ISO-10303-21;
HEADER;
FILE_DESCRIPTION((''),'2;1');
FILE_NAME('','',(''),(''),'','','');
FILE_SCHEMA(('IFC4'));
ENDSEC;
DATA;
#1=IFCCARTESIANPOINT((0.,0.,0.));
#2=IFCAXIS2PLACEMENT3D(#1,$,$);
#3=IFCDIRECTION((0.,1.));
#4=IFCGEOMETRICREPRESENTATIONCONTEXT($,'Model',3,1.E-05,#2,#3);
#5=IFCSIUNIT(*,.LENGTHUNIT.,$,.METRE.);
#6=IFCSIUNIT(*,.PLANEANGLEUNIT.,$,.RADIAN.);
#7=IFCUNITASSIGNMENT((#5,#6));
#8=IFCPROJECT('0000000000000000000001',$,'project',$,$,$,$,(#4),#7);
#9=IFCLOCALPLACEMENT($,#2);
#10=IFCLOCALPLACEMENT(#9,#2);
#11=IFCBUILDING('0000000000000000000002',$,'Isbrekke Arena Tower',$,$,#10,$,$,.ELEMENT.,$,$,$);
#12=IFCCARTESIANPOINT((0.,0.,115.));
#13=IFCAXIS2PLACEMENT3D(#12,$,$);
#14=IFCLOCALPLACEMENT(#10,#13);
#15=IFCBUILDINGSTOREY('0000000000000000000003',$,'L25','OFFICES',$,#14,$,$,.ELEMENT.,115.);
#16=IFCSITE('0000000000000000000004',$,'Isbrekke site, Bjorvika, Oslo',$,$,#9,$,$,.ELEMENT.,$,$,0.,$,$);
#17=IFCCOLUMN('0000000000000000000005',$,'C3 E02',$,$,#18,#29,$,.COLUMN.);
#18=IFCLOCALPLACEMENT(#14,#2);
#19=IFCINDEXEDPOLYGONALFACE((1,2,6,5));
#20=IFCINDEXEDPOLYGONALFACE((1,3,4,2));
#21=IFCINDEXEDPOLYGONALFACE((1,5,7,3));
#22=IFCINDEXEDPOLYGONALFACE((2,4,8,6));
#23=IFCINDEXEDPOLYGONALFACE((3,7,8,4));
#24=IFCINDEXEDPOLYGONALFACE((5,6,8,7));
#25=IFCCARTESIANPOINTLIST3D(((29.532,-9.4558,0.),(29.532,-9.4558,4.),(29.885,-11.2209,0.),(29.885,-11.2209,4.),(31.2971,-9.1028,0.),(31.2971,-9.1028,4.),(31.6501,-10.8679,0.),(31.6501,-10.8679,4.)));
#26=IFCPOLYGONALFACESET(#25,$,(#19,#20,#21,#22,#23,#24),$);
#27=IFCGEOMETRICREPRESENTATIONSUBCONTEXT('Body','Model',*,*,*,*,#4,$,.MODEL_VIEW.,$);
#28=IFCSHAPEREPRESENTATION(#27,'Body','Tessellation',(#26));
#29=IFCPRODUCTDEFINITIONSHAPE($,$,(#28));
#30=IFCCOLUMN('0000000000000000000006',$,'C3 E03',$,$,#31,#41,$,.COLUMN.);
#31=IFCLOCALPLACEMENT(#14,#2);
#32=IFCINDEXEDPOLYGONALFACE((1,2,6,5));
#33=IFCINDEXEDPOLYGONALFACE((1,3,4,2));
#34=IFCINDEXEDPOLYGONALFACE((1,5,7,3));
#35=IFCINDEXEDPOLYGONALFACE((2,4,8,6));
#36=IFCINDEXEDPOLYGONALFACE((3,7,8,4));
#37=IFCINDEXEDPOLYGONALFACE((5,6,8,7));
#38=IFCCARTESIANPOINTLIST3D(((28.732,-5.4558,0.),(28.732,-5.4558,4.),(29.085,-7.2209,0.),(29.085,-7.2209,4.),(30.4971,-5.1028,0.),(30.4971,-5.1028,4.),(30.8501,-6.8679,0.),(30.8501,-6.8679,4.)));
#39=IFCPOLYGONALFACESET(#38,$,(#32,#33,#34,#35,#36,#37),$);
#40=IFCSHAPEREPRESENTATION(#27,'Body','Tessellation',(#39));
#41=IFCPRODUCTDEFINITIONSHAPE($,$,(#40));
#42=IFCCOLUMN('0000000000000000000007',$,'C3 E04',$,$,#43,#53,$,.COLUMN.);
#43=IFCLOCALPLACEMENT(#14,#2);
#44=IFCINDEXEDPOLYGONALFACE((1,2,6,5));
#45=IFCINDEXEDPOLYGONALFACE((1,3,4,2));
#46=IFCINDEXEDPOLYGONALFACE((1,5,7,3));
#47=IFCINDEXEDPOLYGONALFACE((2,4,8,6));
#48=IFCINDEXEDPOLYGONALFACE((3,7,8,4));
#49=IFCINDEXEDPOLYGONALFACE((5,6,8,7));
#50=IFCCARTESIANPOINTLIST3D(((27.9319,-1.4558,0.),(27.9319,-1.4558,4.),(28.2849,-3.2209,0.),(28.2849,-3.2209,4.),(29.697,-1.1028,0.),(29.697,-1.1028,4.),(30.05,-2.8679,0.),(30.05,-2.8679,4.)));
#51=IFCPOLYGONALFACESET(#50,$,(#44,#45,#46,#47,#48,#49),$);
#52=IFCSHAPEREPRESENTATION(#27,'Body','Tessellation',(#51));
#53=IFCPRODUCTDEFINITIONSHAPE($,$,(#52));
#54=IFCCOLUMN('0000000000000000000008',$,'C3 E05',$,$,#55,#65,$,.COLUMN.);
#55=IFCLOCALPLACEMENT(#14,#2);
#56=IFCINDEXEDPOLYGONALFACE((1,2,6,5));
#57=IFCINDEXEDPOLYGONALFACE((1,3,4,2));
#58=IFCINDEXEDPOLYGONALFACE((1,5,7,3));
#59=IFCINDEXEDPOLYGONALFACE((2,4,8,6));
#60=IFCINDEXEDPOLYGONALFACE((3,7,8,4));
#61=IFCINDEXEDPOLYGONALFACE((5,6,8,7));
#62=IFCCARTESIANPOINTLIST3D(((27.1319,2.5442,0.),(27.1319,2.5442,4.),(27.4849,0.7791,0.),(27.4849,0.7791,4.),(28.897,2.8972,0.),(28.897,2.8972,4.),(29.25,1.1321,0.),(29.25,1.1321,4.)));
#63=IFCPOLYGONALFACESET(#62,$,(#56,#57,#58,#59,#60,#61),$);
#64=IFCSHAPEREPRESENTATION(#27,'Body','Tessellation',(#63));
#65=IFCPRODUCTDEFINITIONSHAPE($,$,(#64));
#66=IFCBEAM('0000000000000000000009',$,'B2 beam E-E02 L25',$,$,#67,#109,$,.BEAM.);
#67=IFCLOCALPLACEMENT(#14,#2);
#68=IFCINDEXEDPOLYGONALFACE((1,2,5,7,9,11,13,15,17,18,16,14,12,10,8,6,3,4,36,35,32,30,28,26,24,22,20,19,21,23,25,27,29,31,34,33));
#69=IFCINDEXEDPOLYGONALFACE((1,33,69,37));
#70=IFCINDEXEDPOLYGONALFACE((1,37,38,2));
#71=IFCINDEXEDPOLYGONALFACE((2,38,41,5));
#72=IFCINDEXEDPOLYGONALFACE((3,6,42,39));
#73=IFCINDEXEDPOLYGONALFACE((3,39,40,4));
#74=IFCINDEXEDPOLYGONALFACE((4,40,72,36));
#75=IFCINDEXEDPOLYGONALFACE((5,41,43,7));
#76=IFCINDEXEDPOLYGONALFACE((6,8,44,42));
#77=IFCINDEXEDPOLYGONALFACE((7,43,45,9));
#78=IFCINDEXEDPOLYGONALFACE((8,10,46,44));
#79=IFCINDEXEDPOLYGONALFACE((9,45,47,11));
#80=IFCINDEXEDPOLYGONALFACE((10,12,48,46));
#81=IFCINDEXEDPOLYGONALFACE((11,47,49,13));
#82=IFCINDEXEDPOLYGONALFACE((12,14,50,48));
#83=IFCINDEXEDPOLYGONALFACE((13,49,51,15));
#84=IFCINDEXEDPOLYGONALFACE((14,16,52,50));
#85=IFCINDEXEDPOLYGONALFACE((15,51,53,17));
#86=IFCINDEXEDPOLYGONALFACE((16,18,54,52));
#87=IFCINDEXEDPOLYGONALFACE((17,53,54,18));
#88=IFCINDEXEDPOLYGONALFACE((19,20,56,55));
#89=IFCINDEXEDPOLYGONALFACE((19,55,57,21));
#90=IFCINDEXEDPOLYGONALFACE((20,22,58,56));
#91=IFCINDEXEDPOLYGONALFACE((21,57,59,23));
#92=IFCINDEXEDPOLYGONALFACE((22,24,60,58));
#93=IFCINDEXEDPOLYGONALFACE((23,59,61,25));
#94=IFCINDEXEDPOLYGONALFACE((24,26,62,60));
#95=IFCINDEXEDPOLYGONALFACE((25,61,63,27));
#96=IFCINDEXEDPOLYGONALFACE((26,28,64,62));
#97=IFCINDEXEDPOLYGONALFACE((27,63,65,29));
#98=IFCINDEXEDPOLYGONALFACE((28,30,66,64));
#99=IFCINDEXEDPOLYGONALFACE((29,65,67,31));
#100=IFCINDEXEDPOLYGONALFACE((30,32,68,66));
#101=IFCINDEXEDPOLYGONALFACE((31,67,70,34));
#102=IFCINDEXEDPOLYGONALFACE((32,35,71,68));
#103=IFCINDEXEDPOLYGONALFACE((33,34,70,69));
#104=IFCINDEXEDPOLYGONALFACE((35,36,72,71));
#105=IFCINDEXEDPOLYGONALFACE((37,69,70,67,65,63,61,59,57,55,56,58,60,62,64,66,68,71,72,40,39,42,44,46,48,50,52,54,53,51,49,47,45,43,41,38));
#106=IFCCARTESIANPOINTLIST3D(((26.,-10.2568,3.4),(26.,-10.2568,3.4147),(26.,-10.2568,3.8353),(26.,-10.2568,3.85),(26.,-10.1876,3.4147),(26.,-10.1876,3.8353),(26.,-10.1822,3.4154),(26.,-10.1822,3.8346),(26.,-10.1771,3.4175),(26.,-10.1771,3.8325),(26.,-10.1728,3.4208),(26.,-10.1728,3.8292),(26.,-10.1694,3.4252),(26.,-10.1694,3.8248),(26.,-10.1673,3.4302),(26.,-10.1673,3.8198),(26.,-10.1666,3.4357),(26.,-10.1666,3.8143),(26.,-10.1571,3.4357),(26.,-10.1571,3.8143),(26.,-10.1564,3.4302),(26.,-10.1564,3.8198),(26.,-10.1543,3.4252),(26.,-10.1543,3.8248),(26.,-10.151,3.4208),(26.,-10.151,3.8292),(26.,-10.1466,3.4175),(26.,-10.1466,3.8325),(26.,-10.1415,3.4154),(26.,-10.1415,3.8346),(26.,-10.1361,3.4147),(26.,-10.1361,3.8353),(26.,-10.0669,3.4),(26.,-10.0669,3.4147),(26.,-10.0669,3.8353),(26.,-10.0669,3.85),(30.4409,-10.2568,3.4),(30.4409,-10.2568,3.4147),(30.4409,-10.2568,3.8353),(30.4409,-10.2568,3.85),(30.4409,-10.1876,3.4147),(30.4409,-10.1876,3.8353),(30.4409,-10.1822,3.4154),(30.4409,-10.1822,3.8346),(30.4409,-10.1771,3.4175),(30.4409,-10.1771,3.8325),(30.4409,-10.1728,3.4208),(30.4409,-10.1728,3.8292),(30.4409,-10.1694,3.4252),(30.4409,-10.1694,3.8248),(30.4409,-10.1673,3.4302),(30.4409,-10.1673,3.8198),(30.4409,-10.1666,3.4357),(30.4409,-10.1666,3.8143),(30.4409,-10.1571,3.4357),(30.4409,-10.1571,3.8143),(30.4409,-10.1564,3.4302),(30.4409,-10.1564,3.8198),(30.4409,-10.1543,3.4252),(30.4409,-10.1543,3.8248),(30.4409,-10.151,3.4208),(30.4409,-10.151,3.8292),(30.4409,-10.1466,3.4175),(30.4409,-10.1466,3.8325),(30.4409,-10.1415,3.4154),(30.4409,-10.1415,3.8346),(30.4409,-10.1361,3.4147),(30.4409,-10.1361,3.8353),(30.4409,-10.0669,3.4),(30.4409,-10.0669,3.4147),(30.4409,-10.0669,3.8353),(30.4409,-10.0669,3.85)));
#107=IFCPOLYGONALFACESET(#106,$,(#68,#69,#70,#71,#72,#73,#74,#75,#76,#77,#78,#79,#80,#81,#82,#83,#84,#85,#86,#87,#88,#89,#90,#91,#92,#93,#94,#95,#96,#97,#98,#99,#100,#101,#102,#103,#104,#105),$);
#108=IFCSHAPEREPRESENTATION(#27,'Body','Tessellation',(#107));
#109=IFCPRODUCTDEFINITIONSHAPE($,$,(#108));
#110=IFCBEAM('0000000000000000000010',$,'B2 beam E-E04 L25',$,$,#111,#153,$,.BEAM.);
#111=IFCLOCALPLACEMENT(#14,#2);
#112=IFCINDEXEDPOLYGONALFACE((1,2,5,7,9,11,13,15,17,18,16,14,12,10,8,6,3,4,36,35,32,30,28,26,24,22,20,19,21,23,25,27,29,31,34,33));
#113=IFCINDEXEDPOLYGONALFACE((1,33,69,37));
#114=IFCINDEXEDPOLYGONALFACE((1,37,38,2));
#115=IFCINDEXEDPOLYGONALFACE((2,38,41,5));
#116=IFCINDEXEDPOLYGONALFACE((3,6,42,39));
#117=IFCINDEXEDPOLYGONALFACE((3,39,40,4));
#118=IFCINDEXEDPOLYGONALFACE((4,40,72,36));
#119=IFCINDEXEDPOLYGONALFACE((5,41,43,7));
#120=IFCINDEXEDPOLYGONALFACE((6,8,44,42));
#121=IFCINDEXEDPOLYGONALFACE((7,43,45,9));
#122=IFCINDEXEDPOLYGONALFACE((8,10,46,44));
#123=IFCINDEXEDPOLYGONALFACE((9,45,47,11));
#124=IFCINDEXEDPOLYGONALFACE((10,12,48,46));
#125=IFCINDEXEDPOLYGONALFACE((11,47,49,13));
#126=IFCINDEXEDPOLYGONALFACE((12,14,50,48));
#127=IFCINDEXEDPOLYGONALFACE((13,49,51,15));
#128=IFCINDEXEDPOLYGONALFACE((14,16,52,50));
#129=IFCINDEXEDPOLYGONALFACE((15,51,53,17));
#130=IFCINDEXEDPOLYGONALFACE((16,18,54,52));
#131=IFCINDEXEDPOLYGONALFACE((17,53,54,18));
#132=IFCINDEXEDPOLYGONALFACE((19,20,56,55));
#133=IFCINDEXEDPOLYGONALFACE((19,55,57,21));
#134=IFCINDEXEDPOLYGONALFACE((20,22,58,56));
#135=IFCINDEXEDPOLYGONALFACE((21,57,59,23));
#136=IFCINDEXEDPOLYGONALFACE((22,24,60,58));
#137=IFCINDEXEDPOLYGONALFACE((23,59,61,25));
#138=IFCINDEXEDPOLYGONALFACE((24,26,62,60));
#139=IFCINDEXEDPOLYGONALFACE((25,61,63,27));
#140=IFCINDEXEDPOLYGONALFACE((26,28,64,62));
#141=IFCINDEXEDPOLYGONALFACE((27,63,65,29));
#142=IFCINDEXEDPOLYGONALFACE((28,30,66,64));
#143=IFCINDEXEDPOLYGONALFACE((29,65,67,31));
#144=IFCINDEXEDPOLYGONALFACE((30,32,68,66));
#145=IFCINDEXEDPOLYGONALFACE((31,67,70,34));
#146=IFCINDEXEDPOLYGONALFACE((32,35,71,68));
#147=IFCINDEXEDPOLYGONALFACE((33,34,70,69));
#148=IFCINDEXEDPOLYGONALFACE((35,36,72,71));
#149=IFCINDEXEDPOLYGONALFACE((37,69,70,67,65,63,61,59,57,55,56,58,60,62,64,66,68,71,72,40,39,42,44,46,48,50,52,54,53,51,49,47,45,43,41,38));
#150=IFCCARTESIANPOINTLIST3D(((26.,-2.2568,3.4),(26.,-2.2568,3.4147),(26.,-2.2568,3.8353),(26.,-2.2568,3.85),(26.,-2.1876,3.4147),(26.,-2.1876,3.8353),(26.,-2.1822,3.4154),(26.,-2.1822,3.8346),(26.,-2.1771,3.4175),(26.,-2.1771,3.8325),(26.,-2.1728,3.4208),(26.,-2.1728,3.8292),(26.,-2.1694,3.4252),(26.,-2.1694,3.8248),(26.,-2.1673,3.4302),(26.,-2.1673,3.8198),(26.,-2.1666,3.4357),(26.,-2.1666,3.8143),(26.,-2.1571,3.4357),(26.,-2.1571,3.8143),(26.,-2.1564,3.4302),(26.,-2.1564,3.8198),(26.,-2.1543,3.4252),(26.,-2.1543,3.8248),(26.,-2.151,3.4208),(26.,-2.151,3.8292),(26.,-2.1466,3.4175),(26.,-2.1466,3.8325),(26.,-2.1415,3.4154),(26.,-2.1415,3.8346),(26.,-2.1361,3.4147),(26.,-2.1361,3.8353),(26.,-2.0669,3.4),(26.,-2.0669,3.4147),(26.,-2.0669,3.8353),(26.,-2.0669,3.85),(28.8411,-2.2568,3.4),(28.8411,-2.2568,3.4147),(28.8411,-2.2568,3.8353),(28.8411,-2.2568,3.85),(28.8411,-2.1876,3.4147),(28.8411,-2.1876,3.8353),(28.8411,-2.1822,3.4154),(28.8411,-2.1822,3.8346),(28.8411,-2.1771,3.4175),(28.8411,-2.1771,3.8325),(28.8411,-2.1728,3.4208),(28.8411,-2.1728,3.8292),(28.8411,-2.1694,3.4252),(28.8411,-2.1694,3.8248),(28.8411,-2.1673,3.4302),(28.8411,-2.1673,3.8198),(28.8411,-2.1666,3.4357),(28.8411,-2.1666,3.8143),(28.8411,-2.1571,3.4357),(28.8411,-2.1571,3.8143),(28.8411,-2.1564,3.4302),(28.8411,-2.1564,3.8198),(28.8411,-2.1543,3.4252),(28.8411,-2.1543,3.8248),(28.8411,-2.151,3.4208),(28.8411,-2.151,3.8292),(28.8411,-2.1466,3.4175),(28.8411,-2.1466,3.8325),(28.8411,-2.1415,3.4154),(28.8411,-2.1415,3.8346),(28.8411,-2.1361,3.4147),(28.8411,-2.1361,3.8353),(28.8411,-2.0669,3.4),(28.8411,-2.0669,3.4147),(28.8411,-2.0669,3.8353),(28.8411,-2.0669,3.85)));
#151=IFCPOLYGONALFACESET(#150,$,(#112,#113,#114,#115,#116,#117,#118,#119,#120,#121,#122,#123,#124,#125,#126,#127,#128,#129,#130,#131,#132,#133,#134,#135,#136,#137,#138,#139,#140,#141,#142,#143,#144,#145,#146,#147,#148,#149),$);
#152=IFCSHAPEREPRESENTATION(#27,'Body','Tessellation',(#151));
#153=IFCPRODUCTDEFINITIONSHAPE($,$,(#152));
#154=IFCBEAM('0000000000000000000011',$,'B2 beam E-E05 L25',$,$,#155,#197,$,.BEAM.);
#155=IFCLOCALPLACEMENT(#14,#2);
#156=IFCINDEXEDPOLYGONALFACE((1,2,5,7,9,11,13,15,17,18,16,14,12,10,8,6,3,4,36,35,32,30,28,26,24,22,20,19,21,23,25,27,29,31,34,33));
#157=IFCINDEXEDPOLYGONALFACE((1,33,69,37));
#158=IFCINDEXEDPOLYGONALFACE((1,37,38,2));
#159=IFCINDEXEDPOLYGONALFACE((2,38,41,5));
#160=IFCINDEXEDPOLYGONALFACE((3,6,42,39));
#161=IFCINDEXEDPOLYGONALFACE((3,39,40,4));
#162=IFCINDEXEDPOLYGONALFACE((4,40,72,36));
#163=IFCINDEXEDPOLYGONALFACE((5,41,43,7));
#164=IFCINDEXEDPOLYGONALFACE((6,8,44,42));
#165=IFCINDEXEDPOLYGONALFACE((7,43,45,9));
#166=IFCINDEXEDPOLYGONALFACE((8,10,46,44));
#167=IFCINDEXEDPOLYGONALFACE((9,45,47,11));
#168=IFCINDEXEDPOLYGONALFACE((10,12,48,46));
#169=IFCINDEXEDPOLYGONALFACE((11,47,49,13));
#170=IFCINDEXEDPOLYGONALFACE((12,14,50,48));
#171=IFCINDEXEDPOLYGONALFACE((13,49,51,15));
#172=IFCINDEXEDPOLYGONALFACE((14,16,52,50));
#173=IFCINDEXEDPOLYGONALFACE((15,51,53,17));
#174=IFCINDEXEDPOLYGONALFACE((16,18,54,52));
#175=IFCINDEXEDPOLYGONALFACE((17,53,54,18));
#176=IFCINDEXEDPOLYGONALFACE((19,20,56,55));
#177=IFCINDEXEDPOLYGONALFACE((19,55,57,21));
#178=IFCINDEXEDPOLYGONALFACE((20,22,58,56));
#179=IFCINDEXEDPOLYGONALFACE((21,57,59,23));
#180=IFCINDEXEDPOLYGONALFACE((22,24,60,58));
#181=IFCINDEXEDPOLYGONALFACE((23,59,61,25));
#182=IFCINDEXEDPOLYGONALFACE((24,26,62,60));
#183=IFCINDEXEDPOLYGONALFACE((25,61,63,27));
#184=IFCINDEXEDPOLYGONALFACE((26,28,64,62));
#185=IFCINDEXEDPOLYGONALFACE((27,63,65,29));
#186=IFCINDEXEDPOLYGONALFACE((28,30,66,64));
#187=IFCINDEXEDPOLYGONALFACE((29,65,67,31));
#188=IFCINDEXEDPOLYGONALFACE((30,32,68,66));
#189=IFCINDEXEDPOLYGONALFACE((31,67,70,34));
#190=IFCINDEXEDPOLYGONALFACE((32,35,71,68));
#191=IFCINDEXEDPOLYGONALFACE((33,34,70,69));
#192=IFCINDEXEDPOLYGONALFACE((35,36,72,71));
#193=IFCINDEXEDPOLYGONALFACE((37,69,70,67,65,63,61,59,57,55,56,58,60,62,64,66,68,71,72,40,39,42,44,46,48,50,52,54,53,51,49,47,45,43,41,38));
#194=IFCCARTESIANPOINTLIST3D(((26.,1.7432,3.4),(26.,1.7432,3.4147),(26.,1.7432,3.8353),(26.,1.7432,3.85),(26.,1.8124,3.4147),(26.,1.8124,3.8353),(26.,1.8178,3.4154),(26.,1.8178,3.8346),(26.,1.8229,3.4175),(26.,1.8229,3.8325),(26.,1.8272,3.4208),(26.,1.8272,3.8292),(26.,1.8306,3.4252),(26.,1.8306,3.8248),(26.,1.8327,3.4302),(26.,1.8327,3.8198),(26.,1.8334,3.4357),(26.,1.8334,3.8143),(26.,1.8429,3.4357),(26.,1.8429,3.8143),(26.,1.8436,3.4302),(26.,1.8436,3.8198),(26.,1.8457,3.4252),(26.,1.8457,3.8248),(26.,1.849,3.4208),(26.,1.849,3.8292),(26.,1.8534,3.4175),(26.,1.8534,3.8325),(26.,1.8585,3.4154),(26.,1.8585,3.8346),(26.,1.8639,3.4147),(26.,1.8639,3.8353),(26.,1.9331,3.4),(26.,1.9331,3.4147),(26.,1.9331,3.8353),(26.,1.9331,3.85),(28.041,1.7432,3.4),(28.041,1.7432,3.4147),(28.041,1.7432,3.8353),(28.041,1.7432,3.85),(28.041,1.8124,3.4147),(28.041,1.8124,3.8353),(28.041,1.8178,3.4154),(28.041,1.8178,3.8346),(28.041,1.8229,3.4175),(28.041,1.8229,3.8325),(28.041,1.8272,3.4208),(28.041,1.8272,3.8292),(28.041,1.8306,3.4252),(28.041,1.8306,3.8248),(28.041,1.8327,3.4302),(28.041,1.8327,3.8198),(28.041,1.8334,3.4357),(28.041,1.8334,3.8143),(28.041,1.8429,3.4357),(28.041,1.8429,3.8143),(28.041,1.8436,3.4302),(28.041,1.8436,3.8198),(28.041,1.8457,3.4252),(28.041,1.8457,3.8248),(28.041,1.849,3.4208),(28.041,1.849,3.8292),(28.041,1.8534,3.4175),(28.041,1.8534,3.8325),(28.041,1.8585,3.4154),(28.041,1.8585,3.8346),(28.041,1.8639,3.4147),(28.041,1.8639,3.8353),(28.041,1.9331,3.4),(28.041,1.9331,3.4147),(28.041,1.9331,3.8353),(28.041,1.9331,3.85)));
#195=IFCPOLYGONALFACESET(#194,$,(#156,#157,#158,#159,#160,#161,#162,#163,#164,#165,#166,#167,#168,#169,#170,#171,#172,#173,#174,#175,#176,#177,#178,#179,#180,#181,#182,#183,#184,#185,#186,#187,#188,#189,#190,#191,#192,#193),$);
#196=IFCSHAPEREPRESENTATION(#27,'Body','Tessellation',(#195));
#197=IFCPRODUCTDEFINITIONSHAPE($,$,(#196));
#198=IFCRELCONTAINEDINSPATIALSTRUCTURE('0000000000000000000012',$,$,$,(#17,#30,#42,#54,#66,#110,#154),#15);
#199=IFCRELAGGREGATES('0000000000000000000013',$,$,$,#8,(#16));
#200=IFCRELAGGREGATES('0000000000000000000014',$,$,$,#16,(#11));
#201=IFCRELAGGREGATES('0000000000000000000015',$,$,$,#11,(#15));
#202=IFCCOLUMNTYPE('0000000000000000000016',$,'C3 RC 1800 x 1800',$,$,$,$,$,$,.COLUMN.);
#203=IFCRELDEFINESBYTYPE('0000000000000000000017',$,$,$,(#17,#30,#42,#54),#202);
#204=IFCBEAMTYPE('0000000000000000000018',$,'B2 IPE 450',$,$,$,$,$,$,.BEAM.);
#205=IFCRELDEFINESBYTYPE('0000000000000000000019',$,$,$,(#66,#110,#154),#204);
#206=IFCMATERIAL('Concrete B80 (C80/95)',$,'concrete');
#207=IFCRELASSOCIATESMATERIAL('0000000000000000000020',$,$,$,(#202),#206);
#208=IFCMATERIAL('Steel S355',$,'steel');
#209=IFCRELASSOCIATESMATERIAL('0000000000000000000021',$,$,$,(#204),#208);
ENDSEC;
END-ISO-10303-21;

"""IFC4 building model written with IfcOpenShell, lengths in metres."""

from ifc_helpers import new_model, si_unit, direction, frame, origin, origin_2d, place, context, subcontext, project, spatial, rectangle, i_section, extrude, material, material_profile, profile_set, type_object, element, save


model = new_model("IFC4")

# Units and contexts
model_context = context("Model", 3, precision=1e-05, world=origin(), true_north=direction((0.0, 1.0)))
body_context = subcontext(model_context, "Body", "Model", "MODEL_VIEW")
ifc_project = project(units=[si_unit("LENGTHUNIT", "METRE"), si_unit("PLANEANGLEUNIT", "RADIAN")], contexts=[model_context])

# Site, building, storey
site_placement = place(None, origin())
site = spatial("IfcSite", under=ifc_project, at=site_placement, Name="Isbrekke site, Bjorvika, Oslo", CompositionType="ELEMENT", RefElevation=0.0)
building_placement = place(site_placement, origin())
building = spatial("IfcBuilding", under=site, at=building_placement, Name="Isbrekke Arena Tower", CompositionType="ELEMENT")
storey_placement = place(building_placement, frame((0.0, 0.0, 115.0)))
storey = spatial("IfcBuildingStorey", under=building, at=storey_placement, Name="L25", Description="OFFICES", CompositionType="ELEMENT", Elevation=115.0)

# Columns
ifc_material_1 = material(Name="Concrete B80 (C80/95)", Category="concrete")
ifc_material_profile_1 = material_profile(ifc_material_1, rectangle(XDim=1.8, YDim=1.8, at=origin_2d()), Name="RC 1800x1800")
ifc_profile_set_1 = profile_set([ifc_material_profile_1], Name="Concrete B80 (C80/95)")
column_type = type_object("IfcColumnType", Name="C3 RC 1800 x 1800", PredefinedType="COLUMN", material=ifc_profile_set_1)
for number, where, z_axis, x_axis, name in (
    (1, (30.5911, -10.1619, 0.0), (0.0, 0.0, 1.0), (-0.196116, 0.980581, 0.0), "C3 E02"),
    (2, (29.791, -6.1619, 0.0), (0.0, 0.0, 1.0), (-0.196116, 0.980581, 0.0), "C3 E03"),
    (3, (28.991, -2.1619, 0.0), (0.0, 0.0, 1.0), (-0.196116, 0.980581, 0.0), "C3 E04"),
    (4, (28.1909, 1.8381, 0.0), (0.0, 0.0, 1.0), (-0.196116, 0.980581, 0.0), "C3 E05"),
):
    element("IfcColumn", number, at=place(storey_placement, frame(where, z_axis=z_axis, x_axis=x_axis)), inside=storey, type_object=column_type, Name=name, PredefinedType="COLUMN", context=body_context, shape_type="SweptSolid", body=[
        extrude(rectangle(XDim=1.8, YDim=1.8, at=origin_2d()), origin(), (0.0, 0.0, 1.0), 4.0),
    ])

# Beams
ifc_material_2 = material(Name="Steel S355", Category="steel")
ifc_material_profile_2 = material_profile(ifc_material_2, i_section(OverallWidth=0.1899, OverallDepth=0.45, WebThickness=0.0095, FlangeThickness=0.0146, FilletRadius=0.021, at=origin_2d()), Name="IPE 450")
ifc_profile_set_2 = profile_set([ifc_material_profile_2], Name="Steel S355")
beam_type_1 = type_object("IfcBeamType", Name="B2 IPE 450", PredefinedType="BEAM", material=ifc_profile_set_2)
beam_1_placement = place(storey_placement, frame((30.4409, -10.1619, 3.625), z_axis=(-1.0, 0.0, 0.0), x_axis=(0.0, -1.0, 0.0)))
element("IfcBeam", 5, at=beam_1_placement, inside=storey, type_object=beam_type_1, Name="B2 beam E-E02 L25", PredefinedType="BEAM", context=body_context, shape_type="SweptSolid", body=[
    extrude(i_section(OverallWidth=0.1899, OverallDepth=0.45, WebThickness=0.0095, FlangeThickness=0.0146, FilletRadius=0.021, at=origin_2d()), origin(), (0.0, 0.0, 1.0), 4.4409),
])
beam_2_placement = place(storey_placement, frame((28.8411, -2.1619, 3.625), z_axis=(-1.0, 0.0, 0.0), x_axis=(0.0, -1.0, 0.0)))
element("IfcBeam", 6, at=beam_2_placement, inside=storey, type_object=beam_type_1, Name="B2 beam E-E04 L25", PredefinedType="BEAM", context=body_context, shape_type="SweptSolid", body=[
    extrude(i_section(OverallWidth=0.1899, OverallDepth=0.45, WebThickness=0.0095, FlangeThickness=0.0146, FilletRadius=0.021, at=origin_2d()), origin(), (0.0, 0.0, 1.0), 2.8411),
])
beam_3_placement = place(storey_placement, frame((28.041, 1.8381, 3.625), z_axis=(-1.0, 0.0, 0.0), x_axis=(0.0, -1.0, 0.0)))
element("IfcBeam", 7, at=beam_3_placement, inside=storey, type_object=beam_type_1, Name="B2 beam E-E05 L25", PredefinedType="BEAM", context=body_context, shape_type="SweptSolid", body=[
    extrude(i_section(OverallWidth=0.1899, OverallDepth=0.45, WebThickness=0.0095, FlangeThickness=0.0146, FilletRadius=0.021, at=origin_2d()), origin(), (0.0, 0.0, 1.0), 2.041),
])

save(model, "model.ifc")
